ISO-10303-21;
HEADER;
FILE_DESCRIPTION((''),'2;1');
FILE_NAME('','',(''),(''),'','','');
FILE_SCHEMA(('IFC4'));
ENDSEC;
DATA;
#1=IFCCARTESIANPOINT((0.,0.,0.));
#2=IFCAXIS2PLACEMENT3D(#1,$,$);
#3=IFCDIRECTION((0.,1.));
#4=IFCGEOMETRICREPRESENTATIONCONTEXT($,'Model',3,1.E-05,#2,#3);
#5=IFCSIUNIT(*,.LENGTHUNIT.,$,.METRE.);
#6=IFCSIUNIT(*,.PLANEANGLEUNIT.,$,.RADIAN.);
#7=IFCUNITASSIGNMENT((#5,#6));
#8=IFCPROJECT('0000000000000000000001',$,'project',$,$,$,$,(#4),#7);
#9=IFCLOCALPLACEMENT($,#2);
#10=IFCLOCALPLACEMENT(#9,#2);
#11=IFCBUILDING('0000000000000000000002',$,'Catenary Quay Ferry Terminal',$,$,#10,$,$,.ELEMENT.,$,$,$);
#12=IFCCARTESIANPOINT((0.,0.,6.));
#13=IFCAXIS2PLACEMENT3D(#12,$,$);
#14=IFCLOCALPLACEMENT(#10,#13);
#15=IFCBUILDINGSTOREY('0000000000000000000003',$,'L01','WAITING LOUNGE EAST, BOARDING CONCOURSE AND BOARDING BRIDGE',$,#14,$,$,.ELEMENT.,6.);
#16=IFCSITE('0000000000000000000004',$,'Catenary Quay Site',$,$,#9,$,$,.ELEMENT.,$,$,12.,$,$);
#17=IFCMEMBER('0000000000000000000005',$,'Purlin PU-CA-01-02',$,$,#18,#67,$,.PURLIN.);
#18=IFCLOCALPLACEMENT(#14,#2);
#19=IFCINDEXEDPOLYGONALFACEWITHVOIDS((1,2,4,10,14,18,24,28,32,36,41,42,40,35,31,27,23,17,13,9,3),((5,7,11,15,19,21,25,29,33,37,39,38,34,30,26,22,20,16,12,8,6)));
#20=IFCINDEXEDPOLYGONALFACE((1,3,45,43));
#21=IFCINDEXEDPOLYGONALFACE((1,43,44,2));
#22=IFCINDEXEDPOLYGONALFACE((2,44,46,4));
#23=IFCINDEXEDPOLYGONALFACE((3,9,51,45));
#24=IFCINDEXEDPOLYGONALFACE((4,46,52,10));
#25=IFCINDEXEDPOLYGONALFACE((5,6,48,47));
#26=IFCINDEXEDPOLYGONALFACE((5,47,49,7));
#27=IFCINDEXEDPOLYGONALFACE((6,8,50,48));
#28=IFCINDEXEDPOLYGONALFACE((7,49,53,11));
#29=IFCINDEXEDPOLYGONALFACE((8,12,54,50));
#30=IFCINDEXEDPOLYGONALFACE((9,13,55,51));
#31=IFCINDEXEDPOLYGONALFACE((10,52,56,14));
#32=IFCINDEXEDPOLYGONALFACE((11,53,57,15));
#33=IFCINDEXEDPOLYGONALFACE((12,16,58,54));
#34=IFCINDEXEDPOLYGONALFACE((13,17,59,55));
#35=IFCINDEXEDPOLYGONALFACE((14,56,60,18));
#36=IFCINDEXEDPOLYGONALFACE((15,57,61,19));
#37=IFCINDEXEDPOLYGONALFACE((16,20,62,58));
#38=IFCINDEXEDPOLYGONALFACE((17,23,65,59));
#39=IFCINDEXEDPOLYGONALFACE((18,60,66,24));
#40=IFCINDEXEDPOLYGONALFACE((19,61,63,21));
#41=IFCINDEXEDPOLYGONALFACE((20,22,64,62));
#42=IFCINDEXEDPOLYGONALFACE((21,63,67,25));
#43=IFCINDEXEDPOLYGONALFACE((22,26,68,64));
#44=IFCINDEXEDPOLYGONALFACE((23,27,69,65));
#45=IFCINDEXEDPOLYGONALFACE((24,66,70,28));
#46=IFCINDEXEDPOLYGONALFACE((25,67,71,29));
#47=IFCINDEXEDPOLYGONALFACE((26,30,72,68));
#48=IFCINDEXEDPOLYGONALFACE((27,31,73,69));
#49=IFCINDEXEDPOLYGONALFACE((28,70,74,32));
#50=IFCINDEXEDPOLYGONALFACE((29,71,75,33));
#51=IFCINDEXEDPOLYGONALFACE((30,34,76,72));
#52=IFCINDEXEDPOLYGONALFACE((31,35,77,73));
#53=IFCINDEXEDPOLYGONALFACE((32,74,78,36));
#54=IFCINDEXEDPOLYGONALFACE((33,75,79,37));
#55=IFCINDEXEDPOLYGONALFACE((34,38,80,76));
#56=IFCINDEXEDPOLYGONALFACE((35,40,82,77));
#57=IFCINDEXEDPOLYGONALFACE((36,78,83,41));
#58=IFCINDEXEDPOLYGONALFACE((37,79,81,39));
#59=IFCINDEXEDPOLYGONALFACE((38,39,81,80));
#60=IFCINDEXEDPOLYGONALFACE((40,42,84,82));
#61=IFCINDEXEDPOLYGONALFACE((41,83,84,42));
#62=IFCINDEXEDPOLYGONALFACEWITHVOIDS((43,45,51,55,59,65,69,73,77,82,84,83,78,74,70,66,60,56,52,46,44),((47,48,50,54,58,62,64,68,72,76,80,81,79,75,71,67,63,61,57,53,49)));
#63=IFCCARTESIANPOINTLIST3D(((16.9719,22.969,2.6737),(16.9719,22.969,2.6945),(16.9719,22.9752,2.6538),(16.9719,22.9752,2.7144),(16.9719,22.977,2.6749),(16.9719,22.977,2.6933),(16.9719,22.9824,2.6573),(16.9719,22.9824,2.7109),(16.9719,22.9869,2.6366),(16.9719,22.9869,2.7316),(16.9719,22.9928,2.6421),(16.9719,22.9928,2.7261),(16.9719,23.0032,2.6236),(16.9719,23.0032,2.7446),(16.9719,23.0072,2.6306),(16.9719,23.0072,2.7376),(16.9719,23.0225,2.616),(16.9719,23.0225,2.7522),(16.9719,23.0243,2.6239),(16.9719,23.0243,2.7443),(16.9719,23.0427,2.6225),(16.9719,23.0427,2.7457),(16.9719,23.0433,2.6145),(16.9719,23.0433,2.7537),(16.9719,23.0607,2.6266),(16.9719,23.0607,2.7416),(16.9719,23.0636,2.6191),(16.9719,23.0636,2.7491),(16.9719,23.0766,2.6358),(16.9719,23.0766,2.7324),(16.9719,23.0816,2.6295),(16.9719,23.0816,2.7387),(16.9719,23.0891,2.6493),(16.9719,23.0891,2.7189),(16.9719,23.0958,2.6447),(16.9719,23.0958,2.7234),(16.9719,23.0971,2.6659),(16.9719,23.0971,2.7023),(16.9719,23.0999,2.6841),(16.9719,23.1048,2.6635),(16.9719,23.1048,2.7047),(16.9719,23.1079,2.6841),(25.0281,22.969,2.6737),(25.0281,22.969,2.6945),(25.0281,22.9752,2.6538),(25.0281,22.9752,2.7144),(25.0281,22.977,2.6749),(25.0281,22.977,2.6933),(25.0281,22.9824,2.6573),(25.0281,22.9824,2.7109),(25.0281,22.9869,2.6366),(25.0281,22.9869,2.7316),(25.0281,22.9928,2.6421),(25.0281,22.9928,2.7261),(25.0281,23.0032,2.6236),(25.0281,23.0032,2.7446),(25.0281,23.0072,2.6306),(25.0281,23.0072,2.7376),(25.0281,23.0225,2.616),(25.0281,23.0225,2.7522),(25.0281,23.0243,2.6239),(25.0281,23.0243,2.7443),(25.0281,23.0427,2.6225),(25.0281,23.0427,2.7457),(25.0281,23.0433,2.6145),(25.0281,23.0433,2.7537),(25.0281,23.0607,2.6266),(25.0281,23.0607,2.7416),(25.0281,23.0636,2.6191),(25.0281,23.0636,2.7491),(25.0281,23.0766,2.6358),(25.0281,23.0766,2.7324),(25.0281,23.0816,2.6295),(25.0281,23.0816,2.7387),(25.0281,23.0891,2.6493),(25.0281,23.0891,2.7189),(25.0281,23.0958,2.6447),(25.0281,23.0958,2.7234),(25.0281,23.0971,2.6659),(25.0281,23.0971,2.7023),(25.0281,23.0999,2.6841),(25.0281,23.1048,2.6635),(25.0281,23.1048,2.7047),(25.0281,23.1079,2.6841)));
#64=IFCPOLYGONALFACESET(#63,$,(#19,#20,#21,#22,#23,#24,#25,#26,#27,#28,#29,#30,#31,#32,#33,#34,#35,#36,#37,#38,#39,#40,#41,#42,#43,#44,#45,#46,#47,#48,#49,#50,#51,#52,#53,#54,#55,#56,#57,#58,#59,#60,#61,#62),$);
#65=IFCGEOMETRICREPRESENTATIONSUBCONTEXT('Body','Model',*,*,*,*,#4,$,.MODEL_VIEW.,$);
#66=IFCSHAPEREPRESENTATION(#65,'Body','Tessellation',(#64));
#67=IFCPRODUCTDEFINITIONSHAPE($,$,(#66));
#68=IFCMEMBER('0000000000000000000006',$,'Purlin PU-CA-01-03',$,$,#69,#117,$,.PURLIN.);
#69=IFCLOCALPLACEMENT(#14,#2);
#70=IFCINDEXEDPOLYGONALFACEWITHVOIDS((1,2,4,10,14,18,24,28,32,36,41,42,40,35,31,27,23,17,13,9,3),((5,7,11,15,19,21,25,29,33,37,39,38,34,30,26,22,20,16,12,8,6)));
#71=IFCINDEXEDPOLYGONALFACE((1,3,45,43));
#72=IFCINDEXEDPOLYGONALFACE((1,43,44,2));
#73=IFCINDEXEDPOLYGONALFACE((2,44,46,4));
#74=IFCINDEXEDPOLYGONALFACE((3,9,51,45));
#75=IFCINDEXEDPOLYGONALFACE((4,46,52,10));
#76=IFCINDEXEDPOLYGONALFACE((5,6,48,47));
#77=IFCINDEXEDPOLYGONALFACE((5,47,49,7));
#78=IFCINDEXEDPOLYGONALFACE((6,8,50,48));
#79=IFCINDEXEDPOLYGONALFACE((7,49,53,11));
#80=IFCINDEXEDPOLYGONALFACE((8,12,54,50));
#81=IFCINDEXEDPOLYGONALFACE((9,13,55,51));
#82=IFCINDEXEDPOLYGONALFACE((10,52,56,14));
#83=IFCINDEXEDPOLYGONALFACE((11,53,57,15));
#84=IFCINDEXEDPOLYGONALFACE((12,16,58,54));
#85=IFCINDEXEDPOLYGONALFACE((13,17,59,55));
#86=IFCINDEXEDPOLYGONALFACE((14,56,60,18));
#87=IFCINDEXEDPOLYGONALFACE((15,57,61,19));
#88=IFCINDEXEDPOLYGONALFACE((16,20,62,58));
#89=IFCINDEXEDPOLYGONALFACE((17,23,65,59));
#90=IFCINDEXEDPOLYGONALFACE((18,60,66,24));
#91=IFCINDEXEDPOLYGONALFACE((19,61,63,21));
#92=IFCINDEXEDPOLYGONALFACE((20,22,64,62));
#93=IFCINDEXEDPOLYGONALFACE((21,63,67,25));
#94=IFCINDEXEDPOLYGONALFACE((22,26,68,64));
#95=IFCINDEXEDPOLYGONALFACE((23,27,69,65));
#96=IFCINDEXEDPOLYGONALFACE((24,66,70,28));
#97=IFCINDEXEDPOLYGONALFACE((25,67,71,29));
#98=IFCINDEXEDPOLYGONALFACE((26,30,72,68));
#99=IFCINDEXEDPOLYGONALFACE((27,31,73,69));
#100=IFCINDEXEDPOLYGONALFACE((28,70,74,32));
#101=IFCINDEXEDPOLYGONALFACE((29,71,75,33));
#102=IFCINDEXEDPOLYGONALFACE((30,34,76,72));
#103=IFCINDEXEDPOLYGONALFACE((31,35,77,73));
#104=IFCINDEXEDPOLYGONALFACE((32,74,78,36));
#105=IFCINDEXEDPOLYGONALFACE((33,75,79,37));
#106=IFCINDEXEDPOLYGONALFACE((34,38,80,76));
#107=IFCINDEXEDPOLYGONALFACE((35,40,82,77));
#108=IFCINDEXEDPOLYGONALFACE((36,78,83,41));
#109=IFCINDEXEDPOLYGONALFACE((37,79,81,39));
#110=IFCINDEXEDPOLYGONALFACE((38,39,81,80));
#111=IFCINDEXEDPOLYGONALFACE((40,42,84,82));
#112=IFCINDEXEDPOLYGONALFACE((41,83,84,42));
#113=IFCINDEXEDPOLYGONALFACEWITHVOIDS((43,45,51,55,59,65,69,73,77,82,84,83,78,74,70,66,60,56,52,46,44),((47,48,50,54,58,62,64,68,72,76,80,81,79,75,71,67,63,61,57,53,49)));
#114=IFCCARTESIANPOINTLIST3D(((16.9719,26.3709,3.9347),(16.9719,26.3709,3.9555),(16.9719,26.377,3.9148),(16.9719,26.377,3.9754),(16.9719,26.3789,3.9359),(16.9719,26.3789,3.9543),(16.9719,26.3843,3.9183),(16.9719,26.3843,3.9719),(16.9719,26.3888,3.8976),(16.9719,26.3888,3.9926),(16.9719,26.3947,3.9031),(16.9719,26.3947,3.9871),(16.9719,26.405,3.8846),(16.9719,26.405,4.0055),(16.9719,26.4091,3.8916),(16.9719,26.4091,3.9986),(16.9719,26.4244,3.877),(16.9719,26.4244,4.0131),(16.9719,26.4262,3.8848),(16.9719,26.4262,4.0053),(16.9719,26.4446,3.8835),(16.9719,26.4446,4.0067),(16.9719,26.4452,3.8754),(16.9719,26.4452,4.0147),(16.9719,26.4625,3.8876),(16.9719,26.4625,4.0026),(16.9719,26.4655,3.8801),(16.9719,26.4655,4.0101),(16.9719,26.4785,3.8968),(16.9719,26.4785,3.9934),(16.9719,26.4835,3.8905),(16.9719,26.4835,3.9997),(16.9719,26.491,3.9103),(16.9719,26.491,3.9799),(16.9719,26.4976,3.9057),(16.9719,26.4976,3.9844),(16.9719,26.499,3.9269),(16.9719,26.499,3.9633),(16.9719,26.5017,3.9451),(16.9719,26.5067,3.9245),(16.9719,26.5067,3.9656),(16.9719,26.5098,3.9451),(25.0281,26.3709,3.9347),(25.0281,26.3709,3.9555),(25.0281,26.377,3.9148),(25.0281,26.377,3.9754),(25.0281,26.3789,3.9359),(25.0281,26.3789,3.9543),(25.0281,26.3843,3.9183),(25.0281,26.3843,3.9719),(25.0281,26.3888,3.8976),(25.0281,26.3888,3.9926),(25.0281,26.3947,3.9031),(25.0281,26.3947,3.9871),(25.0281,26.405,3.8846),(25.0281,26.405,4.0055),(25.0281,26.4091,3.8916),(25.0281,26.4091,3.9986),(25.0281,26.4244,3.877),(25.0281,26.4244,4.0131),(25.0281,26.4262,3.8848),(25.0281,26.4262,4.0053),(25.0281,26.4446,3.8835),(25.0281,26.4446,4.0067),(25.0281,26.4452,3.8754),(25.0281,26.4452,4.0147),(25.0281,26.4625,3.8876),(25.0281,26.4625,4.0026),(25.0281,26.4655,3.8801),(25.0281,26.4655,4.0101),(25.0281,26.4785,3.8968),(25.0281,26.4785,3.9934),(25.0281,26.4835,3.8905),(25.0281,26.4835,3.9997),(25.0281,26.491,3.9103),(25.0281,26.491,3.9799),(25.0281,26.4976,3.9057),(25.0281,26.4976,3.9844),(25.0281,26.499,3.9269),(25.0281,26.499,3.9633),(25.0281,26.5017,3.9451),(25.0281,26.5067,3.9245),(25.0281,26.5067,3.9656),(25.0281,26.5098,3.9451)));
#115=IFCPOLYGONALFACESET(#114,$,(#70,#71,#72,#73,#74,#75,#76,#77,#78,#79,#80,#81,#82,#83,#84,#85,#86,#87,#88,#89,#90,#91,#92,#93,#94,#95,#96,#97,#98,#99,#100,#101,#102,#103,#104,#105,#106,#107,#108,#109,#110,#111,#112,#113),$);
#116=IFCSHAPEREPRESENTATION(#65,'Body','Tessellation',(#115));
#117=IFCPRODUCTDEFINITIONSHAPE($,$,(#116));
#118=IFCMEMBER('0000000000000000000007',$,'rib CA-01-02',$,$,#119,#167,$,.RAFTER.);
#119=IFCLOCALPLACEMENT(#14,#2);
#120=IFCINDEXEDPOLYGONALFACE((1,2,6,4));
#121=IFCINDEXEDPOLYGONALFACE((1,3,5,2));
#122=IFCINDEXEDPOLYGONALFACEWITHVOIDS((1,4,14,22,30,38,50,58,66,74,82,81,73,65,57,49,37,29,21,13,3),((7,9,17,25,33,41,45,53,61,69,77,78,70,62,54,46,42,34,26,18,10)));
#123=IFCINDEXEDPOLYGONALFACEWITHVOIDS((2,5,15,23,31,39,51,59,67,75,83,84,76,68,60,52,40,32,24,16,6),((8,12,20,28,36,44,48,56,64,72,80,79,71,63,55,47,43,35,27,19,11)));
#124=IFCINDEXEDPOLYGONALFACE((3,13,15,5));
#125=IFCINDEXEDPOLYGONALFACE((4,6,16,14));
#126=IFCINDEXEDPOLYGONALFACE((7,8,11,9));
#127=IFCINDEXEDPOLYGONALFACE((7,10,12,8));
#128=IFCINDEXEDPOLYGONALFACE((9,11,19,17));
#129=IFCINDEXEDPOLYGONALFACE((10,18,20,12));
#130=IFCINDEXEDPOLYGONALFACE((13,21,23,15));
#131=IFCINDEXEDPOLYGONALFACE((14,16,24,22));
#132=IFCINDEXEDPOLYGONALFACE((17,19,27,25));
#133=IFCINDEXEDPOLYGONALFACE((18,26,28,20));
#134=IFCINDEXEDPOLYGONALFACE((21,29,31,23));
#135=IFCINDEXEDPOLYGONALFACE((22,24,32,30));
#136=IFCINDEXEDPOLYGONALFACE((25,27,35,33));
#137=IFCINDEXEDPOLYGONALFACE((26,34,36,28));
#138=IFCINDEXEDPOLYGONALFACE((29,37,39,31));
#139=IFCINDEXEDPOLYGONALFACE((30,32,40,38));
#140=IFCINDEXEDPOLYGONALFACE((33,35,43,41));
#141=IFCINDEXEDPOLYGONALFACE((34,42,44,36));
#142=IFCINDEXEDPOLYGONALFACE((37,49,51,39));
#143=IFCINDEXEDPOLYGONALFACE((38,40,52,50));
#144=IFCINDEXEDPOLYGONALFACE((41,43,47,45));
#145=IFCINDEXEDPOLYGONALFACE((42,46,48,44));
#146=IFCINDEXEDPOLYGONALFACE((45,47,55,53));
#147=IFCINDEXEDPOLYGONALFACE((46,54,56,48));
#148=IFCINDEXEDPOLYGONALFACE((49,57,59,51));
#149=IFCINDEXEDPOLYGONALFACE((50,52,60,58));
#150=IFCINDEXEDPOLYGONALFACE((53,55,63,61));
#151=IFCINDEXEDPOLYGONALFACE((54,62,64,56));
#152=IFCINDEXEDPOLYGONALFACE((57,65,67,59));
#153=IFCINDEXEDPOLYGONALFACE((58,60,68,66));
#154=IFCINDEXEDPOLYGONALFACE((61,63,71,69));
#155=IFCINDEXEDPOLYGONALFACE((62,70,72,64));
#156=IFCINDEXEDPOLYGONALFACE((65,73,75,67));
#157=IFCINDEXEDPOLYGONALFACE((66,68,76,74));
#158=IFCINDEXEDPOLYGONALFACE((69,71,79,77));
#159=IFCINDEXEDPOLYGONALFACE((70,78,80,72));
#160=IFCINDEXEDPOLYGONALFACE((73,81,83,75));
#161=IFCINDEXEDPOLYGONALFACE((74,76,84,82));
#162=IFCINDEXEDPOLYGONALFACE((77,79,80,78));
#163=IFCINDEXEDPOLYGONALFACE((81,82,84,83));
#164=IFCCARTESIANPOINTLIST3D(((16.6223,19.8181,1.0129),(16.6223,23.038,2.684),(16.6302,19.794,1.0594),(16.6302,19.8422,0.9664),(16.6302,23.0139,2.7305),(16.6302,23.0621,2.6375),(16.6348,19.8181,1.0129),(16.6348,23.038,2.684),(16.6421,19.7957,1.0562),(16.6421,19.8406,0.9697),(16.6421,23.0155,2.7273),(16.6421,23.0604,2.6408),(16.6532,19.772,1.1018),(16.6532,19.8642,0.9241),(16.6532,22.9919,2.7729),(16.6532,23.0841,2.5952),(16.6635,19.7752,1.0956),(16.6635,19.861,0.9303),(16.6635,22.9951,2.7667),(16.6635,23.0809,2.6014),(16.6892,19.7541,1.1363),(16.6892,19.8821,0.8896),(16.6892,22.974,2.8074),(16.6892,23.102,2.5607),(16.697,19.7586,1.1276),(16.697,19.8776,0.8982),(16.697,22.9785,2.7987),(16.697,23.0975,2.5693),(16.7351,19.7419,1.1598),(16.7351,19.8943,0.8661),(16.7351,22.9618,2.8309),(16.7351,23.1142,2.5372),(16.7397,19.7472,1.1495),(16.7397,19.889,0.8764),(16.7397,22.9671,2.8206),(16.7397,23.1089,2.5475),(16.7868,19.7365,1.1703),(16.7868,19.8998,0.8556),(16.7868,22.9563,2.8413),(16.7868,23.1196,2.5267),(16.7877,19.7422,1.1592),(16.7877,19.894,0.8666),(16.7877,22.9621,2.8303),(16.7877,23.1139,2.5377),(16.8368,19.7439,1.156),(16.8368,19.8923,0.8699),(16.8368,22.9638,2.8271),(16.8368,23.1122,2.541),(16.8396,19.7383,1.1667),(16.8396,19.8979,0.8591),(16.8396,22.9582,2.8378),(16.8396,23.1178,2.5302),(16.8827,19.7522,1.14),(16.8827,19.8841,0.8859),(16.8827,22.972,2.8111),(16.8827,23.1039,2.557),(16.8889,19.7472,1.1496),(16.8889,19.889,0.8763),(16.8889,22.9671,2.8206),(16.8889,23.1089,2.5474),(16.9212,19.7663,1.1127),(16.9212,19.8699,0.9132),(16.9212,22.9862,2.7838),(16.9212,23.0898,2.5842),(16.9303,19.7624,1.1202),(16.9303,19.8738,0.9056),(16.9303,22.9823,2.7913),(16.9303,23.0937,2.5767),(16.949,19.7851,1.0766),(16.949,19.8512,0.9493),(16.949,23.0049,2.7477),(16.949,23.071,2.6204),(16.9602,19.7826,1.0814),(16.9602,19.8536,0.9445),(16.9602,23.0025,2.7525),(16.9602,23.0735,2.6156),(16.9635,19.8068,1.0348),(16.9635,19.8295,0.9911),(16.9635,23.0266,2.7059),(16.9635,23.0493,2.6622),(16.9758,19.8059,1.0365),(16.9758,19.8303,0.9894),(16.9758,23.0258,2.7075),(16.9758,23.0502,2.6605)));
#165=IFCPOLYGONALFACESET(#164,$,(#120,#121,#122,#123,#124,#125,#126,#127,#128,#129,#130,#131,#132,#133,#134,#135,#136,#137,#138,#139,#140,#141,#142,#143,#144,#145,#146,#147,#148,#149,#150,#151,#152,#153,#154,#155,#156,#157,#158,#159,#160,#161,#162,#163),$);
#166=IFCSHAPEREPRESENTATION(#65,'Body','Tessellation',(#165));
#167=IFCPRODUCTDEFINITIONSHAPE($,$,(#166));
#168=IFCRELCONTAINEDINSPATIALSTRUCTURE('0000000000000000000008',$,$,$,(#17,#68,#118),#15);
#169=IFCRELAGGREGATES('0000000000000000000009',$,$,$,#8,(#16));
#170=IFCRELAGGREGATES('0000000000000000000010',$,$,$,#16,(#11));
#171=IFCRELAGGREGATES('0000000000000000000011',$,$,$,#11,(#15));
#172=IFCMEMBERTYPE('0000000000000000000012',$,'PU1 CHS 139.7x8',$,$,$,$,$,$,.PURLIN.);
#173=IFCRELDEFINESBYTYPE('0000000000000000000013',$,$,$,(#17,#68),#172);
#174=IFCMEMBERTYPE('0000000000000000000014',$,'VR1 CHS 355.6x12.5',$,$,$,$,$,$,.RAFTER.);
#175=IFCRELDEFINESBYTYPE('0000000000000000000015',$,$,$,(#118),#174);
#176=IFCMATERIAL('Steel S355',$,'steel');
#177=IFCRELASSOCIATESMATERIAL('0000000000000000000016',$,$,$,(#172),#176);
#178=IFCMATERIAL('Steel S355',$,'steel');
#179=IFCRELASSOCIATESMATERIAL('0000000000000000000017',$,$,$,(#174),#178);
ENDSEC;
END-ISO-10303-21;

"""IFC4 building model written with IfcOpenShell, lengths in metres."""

from ifc_helpers import new_model, si_unit, direction, frame, origin, origin_2d, place, context, subcontext, project, spatial, hollow_circle, extrude, material, material_profile, profile_set, type_object, element, save


model = new_model("IFC4")

# Units and contexts
model_context = context("Model", 3, precision=1e-05, world=origin(), true_north=direction((0.0, 1.0)))
body_context = subcontext(model_context, "Body", "Model", "MODEL_VIEW")
ifc_project = project(units=[si_unit("LENGTHUNIT", "METRE"), si_unit("PLANEANGLEUNIT", "RADIAN")], contexts=[model_context])

# Site, building, storey
site_placement = place(None, origin())
site = spatial("IfcSite", under=ifc_project, at=site_placement, Name="Catenary Quay Site", CompositionType="ELEMENT", RefElevation=12.0)
building_placement = place(site_placement, origin())
building = spatial("IfcBuilding", under=site, at=building_placement, Name="Catenary Quay Ferry Terminal", CompositionType="ELEMENT")
storey_placement = place(building_placement, frame((0.0, 0.0, 6.0)))
storey = spatial("IfcBuildingStorey", under=building, at=storey_placement, Name="L01", Description="WAITING LOUNGE EAST, BOARDING CONCOURSE AND BOARDING BRIDGE", CompositionType="ELEMENT", Elevation=6.0)

# Members
ifc_material_1 = material(Name="Steel S355", Category="steel")
ifc_material_profile_1 = material_profile(ifc_material_1, hollow_circle(Radius=0.0698, WallThickness=0.0081, at=origin_2d()), Name="CHS 139.7x8")
ifc_profile_set_1 = profile_set([ifc_material_profile_1], Name="Steel S355")
member_type_1 = type_object("IfcMemberType", Name="PU1 CHS 139.7x8", PredefinedType="PURLIN", material=ifc_profile_set_1)
for number, where, z_axis, x_axis, name in (
    (1, (16.9719, 23.0381, 2.6841), (1.0, 0.0, 0.0), (0.0, 1.0, 0.0), "Purlin PU-CA-01-02"),
    (2, (16.9719, 26.4399, 3.9451), (1.0, 0.0, 0.0), (0.0, 1.0, 0.0), "Purlin PU-CA-01-03"),
):
    element("IfcMember", number, at=place(storey_placement, frame(where, z_axis=z_axis, x_axis=x_axis)), inside=storey, type_object=member_type_1, Name=name, PredefinedType="PURLIN", context=body_context, shape_type="SweptSolid", body=[
        extrude(hollow_circle(Radius=0.0698, WallThickness=0.0081, at=origin_2d()), origin(), (0.0, 0.0, 1.0), 8.0562),
    ])
ifc_material_2 = material(Name="Steel S355", Category="steel")
ifc_material_profile_2 = material_profile(ifc_material_2, hollow_circle(Radius=0.1777, WallThickness=0.0125, at=origin_2d()), Name="CHS 355.6x12.5")
ifc_profile_set_2 = profile_set([ifc_material_profile_2], Name="Steel S355")
member_type_2 = type_object("IfcMemberType", Name="VR1 CHS 355.6x12.5", PredefinedType="RAFTER", material=ifc_profile_set_2)
member_1_placement = place(storey_placement, frame((16.8, 19.8181, 1.0129), z_axis=(0.0, 0.887582, 0.460649), x_axis=(-1.0, 0.0, 0.0)))
element("IfcMember", 3, at=member_1_placement, inside=storey, type_object=member_type_2, Name="rib CA-01-02", PredefinedType="RAFTER", context=body_context, shape_type="SweptSolid", body=[
    extrude(hollow_circle(Radius=0.1777, WallThickness=0.0125, at=origin_2d()), origin(), (0.0, 0.0, 1.0), 3.6277),
])

save(model, "model.ifc")
